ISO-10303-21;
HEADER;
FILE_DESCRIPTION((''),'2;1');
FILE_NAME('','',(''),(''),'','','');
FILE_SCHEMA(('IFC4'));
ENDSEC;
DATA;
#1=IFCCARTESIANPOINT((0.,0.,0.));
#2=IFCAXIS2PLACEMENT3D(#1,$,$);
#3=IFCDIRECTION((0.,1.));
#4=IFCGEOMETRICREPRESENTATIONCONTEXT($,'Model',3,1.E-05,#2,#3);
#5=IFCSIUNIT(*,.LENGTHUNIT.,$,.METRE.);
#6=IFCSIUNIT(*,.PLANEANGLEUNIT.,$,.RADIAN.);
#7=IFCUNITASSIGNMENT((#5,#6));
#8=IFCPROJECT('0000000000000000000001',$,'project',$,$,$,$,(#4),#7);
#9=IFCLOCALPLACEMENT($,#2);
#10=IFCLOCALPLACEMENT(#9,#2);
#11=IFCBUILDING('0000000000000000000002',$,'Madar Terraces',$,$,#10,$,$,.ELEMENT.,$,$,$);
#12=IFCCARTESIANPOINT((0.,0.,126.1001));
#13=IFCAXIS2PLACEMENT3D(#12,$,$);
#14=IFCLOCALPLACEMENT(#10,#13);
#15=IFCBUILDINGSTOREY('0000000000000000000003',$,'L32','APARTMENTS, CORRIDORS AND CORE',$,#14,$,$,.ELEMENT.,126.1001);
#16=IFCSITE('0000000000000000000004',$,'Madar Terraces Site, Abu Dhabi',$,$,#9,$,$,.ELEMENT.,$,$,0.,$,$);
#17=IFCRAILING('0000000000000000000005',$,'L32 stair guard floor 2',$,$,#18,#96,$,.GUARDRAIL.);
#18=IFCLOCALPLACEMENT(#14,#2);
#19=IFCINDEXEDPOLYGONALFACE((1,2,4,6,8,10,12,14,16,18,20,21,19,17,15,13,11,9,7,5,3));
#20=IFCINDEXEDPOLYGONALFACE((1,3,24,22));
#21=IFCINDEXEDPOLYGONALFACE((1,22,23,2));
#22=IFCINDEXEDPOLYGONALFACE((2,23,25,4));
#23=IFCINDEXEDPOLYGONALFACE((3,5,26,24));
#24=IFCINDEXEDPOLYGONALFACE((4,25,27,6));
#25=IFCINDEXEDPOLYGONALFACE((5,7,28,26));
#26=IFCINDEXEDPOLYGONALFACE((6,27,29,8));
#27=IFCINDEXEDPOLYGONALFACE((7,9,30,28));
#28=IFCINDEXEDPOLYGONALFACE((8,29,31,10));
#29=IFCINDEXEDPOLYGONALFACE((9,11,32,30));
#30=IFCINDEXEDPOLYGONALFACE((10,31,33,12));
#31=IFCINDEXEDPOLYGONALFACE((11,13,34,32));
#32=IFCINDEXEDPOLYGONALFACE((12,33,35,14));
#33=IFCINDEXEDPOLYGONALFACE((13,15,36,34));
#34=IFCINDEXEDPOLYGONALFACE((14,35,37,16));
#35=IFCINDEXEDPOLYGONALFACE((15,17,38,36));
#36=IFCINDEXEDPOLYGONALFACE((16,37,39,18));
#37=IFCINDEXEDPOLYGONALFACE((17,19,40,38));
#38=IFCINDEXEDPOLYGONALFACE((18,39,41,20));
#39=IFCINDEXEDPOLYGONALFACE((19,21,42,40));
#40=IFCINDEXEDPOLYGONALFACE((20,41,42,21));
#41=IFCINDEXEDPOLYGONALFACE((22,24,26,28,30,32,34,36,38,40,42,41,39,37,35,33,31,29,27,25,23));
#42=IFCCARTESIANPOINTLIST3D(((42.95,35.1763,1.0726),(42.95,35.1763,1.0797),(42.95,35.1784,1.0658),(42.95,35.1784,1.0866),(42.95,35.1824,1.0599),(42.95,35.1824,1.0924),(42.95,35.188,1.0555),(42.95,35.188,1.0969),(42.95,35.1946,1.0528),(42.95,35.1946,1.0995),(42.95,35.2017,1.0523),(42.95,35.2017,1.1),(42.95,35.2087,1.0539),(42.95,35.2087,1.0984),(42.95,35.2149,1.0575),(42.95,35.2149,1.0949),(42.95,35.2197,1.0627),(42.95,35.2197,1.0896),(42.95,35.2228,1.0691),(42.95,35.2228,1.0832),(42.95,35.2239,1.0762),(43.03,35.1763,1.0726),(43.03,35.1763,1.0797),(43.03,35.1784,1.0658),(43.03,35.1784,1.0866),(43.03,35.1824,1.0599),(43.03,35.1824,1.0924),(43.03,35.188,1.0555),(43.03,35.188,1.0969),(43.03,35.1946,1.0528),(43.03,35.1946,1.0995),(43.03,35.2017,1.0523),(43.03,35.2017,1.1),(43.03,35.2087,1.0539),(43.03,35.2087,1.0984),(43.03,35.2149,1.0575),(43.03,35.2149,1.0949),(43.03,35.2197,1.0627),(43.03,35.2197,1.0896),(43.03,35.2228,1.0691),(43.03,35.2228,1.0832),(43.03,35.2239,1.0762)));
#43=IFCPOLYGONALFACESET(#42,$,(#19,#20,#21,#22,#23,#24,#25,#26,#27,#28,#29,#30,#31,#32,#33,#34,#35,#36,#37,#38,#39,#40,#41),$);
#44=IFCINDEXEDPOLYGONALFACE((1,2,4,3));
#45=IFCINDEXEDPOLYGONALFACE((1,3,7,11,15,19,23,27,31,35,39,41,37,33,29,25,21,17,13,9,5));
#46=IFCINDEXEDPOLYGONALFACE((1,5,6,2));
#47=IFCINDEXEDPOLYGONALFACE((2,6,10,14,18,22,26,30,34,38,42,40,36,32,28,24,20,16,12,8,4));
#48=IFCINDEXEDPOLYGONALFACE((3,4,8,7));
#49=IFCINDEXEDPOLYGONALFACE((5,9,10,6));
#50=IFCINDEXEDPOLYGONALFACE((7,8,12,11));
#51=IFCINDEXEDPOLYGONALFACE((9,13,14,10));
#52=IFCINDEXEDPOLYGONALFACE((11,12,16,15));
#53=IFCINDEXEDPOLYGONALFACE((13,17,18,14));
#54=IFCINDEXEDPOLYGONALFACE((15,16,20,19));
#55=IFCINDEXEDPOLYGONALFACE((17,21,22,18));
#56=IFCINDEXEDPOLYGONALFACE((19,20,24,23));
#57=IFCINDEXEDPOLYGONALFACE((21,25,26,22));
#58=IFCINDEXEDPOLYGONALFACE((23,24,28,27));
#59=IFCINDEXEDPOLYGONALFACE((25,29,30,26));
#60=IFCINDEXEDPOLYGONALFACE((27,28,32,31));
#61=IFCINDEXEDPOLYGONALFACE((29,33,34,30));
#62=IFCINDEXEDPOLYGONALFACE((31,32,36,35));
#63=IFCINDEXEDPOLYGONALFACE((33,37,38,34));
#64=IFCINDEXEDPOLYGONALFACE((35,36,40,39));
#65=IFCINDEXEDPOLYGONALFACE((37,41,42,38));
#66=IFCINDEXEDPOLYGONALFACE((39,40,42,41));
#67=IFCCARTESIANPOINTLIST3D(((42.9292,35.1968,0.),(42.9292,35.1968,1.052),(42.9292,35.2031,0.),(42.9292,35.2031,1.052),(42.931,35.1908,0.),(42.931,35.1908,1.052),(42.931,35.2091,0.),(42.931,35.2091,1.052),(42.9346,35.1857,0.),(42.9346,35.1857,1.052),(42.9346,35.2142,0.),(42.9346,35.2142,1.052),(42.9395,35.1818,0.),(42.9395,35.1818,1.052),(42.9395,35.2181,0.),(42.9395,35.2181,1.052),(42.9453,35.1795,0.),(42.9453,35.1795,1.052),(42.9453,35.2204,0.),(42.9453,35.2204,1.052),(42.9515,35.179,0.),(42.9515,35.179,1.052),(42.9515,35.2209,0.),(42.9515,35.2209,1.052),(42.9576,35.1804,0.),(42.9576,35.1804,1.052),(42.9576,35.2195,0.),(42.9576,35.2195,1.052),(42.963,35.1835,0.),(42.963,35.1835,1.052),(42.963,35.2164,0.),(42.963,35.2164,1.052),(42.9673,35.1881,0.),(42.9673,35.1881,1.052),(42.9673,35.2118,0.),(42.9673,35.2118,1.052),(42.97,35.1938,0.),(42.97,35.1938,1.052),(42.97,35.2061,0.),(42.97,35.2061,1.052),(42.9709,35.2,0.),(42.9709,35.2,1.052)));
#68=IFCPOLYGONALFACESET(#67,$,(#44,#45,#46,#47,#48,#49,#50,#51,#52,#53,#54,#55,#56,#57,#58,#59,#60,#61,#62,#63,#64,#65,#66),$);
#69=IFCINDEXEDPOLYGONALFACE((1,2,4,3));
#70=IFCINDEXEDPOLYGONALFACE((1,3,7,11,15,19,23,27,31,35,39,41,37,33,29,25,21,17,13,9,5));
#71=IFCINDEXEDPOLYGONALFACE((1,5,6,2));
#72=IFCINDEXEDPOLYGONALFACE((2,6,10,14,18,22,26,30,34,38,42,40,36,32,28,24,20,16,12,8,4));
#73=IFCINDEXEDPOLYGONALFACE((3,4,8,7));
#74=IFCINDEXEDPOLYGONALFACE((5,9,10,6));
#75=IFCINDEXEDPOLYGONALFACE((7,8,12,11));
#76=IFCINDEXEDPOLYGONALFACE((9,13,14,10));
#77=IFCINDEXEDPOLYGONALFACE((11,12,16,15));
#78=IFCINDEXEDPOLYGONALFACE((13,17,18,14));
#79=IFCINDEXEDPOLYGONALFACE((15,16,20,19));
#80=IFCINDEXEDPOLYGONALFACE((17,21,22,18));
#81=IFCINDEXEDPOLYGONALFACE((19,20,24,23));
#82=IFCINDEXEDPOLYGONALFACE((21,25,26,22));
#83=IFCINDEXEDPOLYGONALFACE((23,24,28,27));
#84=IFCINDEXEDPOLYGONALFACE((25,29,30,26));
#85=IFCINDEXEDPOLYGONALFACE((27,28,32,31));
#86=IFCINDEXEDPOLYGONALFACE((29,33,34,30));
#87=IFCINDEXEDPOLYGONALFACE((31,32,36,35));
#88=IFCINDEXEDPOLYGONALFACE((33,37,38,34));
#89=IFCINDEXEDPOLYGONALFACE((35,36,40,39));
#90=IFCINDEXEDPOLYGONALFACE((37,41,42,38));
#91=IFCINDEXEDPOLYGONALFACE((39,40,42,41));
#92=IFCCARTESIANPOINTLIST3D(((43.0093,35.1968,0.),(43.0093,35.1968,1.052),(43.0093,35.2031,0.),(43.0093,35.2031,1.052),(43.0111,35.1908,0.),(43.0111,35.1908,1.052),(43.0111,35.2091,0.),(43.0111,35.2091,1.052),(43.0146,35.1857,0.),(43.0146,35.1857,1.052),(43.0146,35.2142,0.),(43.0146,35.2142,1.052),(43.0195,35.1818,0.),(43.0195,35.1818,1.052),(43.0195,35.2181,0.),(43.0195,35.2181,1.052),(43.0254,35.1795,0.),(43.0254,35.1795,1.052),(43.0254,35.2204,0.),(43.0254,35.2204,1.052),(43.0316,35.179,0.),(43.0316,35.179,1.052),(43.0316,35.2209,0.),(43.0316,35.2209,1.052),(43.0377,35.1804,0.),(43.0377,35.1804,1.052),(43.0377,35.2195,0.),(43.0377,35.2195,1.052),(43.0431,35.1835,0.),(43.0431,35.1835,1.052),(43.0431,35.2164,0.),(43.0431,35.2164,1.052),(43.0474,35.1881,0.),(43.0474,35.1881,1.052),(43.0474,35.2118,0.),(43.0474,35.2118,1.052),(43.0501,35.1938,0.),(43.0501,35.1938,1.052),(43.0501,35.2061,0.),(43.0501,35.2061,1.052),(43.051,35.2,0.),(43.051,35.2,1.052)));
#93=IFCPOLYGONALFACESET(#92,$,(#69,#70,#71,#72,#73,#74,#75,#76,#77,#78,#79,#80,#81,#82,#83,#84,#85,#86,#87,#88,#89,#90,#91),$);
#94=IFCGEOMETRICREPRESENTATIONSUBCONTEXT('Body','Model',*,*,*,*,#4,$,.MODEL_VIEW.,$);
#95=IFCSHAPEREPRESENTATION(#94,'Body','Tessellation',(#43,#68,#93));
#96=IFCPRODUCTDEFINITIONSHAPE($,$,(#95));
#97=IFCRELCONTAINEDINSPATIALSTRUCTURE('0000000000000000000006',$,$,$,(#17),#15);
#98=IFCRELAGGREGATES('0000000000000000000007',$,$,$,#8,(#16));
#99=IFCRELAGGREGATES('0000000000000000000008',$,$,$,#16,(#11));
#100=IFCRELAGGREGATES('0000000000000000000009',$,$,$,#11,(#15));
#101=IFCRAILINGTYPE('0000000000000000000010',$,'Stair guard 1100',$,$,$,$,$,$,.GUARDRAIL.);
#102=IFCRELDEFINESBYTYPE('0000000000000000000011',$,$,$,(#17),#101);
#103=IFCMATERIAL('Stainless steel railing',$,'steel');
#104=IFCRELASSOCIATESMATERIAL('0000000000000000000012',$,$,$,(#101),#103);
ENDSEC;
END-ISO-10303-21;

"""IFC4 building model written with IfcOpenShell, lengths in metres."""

from ifc_helpers import new_model, si_unit, direction, frame, origin, origin_2d, place, context, subcontext, project, spatial, circle, extrude, material, type_object, element, save


model = new_model("IFC4")

# Units and contexts
model_context = context("Model", 3, precision=1e-05, world=origin(), true_north=direction((0.0, 1.0)))
body_context = subcontext(model_context, "Body", "Model", "MODEL_VIEW")
ifc_project = project(units=[si_unit("LENGTHUNIT", "METRE"), si_unit("PLANEANGLEUNIT", "RADIAN")], contexts=[model_context])

# Site, building, storey
site_placement = place(None, origin())
site = spatial("IfcSite", under=ifc_project, at=site_placement, Name="Madar Terraces Site, Abu Dhabi", CompositionType="ELEMENT", RefElevation=0.0)
building_placement = place(site_placement, origin())
building = spatial("IfcBuilding", under=site, at=building_placement, Name="Madar Terraces", CompositionType="ELEMENT")
storey_placement = place(building_placement, frame((0.0, 0.0, 126.1001)))
storey = spatial("IfcBuildingStorey", under=building, at=storey_placement, Name="L32", Description="APARTMENTS, CORRIDORS AND CORE", CompositionType="ELEMENT", Elevation=126.1001)

# Railing
ifc_material_1 = material(Name="Stainless steel railing", Category="steel")
railing_type_1 = type_object("IfcRailingType", Name="Stair guard 1100", PredefinedType="GUARDRAIL", material=ifc_material_1)
railing_1_placement = place(storey_placement, frame((42.95, 35.2, 0.0)))
element("IfcRailing", 1, at=railing_1_placement, inside=storey, type_object=railing_type_1, Name="L32 stair guard floor 2", PredefinedType="GUARDRAIL", context=body_context, shape_type="SweptSolid", body=[
    extrude(circle(Radius=0.0239, at=origin_2d()), frame((0.0, 0.0, 1.0762), z_axis=(1.0, 0.0, 0.0), x_axis=(0.0, 1.0, 0.0)), (0.0, 0.0, 1.0), 0.0801),
    extrude(circle(Radius=0.021, at=origin_2d()), origin(), (0.0, 0.0, 1.0), 1.052),
    extrude(circle(Radius=0.021, at=origin_2d()), frame((0.0801, 0.0, 0.0)), (0.0, 0.0, 1.0), 1.052),
])

save(model, "model.ifc")
